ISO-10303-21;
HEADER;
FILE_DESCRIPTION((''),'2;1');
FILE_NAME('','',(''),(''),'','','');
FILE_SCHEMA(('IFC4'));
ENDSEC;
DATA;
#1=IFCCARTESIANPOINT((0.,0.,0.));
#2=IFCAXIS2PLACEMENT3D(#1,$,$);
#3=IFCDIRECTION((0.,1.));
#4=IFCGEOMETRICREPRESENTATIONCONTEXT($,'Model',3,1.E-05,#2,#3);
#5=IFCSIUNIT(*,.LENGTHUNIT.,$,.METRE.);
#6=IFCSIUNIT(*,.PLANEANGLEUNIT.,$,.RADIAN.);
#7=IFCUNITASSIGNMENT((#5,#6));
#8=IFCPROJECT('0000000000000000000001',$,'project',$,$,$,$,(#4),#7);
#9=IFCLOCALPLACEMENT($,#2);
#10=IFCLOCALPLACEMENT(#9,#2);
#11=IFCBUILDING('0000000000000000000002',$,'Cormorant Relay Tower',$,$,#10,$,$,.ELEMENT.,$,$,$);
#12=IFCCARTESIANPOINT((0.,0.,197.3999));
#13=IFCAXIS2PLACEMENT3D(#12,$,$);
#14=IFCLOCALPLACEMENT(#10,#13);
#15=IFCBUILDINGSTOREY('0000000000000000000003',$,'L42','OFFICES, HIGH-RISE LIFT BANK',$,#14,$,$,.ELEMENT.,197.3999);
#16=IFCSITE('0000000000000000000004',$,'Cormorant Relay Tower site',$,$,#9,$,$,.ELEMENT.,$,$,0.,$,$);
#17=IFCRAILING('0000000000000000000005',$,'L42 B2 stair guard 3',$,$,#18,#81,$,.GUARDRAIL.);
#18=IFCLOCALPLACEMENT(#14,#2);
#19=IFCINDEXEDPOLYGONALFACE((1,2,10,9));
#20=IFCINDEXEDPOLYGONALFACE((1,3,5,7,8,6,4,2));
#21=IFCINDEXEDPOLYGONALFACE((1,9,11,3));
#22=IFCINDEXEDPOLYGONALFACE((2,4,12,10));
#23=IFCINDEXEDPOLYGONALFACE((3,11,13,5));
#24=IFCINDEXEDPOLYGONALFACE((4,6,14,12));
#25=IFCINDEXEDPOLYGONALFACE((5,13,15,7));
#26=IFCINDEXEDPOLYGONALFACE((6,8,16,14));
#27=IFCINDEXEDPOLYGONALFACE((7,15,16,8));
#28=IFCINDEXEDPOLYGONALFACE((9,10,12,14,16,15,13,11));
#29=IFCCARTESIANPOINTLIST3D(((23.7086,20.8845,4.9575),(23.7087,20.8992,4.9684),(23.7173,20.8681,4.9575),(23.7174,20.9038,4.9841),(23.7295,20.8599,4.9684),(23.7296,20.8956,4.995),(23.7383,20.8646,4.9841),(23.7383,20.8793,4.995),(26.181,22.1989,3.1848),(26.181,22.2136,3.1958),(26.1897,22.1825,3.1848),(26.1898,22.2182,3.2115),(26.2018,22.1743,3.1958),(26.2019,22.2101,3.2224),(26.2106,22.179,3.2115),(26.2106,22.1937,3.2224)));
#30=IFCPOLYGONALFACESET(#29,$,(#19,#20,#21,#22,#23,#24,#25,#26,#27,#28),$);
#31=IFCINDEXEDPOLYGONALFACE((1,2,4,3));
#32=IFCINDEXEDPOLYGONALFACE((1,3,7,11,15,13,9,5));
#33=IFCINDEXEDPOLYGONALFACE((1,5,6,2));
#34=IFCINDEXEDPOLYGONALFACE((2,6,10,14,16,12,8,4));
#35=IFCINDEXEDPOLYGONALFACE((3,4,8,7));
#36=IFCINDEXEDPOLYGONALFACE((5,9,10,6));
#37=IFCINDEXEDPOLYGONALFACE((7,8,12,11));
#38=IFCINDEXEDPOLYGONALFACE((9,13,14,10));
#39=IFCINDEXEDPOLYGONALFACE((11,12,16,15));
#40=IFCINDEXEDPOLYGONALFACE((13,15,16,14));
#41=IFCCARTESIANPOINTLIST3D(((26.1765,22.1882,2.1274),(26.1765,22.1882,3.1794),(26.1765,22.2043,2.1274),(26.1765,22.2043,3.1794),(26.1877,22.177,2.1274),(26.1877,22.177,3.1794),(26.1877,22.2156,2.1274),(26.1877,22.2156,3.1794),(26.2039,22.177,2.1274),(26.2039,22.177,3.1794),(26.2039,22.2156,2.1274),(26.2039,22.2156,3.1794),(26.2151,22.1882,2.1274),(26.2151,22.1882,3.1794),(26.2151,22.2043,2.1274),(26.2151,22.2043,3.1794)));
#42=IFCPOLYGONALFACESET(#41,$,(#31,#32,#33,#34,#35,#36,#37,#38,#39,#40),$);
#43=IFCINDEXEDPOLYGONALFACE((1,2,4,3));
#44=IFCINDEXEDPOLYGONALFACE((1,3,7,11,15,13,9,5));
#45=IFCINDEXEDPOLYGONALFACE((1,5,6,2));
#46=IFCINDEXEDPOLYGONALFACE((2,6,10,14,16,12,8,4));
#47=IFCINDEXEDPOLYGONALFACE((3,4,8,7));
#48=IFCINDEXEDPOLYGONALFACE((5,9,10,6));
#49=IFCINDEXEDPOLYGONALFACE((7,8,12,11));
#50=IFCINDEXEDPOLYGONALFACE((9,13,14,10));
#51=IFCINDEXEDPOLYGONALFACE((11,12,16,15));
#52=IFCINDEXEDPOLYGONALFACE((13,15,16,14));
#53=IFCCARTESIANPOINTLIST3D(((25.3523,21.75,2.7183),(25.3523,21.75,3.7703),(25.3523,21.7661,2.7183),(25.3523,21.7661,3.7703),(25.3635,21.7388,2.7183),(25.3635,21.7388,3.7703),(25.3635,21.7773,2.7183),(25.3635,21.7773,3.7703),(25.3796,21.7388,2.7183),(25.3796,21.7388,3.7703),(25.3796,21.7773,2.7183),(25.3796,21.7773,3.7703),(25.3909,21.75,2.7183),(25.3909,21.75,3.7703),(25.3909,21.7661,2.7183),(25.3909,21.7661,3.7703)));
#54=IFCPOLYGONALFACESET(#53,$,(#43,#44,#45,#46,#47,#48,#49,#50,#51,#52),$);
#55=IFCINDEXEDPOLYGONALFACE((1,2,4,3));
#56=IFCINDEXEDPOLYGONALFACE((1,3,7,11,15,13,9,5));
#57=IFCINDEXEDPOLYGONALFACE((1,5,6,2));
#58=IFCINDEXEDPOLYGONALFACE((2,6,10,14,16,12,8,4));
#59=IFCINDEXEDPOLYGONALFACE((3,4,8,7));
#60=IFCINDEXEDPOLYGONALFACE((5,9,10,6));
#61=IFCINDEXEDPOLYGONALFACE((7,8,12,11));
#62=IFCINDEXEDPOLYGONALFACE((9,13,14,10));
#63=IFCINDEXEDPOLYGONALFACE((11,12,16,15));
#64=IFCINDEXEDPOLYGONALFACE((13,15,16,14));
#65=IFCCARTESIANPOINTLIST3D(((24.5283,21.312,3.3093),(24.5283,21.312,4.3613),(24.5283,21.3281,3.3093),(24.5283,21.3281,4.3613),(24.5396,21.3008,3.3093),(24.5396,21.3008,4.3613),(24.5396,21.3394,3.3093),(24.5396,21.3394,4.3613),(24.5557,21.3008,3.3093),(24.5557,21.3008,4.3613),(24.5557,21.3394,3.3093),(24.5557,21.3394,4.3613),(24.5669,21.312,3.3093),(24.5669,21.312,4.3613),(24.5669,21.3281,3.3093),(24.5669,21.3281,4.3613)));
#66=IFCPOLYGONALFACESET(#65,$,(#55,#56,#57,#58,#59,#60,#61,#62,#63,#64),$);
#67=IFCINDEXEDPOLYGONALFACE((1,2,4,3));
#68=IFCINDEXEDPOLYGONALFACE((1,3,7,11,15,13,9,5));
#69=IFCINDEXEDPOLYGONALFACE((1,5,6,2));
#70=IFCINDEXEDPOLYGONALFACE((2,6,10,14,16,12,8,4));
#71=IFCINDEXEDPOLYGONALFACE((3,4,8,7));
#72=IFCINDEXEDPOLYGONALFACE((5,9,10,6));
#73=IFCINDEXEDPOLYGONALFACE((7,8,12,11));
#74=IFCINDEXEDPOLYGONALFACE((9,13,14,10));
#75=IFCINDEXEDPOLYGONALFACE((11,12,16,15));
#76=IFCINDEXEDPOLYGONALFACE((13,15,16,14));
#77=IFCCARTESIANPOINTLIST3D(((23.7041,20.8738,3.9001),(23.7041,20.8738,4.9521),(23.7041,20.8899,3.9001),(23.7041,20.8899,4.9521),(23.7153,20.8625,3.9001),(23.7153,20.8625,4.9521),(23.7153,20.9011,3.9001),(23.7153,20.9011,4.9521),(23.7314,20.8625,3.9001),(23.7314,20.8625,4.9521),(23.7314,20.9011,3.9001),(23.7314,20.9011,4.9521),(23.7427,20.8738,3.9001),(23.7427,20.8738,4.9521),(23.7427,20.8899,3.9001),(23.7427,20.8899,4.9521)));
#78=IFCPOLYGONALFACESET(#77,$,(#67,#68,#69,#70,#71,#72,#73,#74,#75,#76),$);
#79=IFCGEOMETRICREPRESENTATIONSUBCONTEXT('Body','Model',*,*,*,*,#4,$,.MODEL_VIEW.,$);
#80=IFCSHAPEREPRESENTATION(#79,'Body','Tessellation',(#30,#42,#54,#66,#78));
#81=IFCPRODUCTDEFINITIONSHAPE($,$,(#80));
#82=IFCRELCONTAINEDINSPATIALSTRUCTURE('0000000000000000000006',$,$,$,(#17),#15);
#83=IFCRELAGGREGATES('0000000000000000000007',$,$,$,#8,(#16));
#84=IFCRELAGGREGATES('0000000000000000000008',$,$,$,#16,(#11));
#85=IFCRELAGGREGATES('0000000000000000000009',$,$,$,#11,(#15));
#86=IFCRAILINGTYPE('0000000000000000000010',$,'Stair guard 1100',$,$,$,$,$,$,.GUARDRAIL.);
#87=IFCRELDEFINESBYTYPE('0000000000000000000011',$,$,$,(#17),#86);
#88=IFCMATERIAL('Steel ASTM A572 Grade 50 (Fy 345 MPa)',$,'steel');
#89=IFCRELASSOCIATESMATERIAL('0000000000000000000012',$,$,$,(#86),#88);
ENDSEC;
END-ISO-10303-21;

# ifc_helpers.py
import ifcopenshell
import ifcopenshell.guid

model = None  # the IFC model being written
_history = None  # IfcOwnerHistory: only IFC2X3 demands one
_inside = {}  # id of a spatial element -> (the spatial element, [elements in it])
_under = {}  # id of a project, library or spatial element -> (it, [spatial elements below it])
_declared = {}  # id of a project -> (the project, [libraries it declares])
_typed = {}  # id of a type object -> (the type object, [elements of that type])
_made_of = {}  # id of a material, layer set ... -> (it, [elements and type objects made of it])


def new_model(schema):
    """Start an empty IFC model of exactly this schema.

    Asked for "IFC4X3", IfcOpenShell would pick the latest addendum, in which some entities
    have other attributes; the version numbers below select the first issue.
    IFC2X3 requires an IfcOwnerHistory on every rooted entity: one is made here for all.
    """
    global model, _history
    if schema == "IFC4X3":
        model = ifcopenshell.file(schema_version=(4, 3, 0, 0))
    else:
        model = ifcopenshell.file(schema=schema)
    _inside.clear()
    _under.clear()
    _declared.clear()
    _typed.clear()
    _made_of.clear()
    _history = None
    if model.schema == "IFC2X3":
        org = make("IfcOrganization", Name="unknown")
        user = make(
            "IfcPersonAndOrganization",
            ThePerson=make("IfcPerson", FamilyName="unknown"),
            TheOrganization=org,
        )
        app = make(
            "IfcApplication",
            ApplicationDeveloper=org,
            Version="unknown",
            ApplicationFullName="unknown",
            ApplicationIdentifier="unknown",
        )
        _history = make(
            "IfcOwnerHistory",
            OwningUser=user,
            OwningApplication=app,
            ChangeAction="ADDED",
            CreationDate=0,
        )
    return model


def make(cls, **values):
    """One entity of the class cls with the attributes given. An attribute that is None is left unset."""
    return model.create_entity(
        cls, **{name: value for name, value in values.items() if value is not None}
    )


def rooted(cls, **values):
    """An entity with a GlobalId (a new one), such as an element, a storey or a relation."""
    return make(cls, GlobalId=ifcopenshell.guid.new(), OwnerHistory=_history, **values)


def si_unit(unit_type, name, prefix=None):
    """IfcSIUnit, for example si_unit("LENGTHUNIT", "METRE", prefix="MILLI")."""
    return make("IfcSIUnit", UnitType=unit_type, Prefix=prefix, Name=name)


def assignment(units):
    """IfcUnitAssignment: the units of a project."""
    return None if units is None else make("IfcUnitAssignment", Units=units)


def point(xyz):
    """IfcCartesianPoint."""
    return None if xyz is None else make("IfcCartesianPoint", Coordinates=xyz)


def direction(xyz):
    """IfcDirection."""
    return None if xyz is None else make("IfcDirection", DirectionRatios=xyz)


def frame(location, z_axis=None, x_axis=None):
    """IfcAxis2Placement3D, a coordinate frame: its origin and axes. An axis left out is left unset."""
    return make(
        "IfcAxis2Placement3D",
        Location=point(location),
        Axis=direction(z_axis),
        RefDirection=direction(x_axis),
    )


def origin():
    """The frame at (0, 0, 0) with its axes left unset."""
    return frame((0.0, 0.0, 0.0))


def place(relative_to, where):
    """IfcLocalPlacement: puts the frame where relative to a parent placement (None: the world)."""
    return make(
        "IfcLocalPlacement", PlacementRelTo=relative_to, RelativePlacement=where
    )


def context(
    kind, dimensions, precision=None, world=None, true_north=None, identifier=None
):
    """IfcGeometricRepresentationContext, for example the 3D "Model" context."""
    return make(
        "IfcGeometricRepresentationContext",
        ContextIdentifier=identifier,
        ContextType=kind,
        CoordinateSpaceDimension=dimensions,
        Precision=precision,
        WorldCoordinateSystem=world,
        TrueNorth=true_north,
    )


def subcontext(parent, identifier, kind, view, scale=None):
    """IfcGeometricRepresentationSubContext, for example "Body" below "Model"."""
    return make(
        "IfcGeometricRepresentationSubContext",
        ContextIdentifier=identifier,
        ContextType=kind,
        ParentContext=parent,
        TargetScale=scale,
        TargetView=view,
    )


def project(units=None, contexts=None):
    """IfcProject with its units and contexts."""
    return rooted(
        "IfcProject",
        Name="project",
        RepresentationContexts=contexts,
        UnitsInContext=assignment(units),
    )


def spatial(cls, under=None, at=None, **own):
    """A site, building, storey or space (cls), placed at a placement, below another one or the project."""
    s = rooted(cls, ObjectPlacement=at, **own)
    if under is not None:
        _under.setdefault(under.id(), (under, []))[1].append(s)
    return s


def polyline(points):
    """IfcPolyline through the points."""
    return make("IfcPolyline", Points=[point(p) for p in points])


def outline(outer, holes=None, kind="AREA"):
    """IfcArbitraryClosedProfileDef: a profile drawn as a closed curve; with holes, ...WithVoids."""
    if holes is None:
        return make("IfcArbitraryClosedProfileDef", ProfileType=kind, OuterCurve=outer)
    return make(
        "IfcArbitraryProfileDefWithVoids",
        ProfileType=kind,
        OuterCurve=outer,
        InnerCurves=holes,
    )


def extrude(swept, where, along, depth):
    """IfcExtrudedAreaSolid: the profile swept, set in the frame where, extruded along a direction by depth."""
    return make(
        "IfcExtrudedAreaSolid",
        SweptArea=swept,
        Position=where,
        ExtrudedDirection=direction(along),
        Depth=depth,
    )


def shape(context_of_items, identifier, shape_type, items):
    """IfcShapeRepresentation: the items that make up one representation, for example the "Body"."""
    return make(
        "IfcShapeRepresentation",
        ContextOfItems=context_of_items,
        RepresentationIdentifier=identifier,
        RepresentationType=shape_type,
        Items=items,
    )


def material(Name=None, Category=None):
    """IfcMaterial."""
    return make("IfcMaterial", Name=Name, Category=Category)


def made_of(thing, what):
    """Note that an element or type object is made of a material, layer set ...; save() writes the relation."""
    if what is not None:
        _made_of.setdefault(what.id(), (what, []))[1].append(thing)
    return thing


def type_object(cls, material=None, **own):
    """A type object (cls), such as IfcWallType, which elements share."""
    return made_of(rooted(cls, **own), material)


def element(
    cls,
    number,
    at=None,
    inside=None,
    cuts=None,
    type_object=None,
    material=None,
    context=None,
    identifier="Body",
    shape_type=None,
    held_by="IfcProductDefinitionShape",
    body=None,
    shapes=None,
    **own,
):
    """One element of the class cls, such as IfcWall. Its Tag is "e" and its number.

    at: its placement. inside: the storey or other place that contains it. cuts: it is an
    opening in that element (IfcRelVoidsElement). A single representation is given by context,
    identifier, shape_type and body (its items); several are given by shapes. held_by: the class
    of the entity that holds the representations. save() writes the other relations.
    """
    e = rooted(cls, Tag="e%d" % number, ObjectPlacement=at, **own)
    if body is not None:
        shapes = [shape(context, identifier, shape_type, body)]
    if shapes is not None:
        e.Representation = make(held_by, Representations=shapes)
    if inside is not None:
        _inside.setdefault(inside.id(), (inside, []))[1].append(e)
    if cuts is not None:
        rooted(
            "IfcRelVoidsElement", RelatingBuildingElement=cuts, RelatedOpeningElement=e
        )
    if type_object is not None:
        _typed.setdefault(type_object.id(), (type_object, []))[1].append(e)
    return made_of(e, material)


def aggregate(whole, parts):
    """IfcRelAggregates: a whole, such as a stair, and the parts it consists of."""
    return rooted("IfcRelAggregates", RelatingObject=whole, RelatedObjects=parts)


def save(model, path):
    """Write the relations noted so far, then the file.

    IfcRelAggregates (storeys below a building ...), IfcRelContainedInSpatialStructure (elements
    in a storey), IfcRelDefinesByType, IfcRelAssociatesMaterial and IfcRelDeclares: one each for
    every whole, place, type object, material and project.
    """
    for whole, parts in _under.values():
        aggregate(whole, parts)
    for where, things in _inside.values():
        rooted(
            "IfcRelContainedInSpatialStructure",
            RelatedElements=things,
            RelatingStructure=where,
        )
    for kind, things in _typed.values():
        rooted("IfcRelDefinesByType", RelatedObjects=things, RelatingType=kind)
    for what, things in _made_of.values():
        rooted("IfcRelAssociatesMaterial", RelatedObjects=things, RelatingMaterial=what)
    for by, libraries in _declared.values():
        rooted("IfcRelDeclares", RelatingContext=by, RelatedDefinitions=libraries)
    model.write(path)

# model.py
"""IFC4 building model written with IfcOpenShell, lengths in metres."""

from ifc_helpers import new_model, si_unit, direction, frame, origin, place, context, subcontext, project, spatial, polyline, outline, extrude, material, type_object, element, save


model = new_model("IFC4")

# Units and contexts
model_context = context("Model", 3, precision=1e-05, world=origin(), true_north=direction((0.0, 1.0)))
body_context = subcontext(model_context, "Body", "Model", "MODEL_VIEW")
ifc_project = project(units=[si_unit("LENGTHUNIT", "METRE"), si_unit("PLANEANGLEUNIT", "RADIAN")], contexts=[model_context])

# Site, building, storey
site_placement = place(None, origin())
site = spatial("IfcSite", under=ifc_project, at=site_placement, Name="Cormorant Relay Tower site", CompositionType="ELEMENT", RefElevation=0.0)
building_placement = place(site_placement, origin())
building = spatial("IfcBuilding", under=site, at=building_placement, Name="Cormorant Relay Tower", CompositionType="ELEMENT")
storey_placement = place(building_placement, frame((0.0, 0.0, 197.3999)))
storey = spatial("IfcBuildingStorey", under=building, at=storey_placement, Name="L42", Description="OFFICES, HIGH-RISE LIFT BANK", CompositionType="ELEMENT", Elevation=197.3999)

# Railing
ifc_material_1 = material(Name="Steel ASTM A572 Grade 50 (Fy 345 MPa)", Category="steel")
railing_type = type_object("IfcRailingType", Name="Stair guard 1100", PredefinedType="GUARDRAIL", material=ifc_material_1)
railing_1_placement = place(storey_placement, frame((26.1958, 22.1963, 2.1274)))
element("IfcRailing", 1, at=railing_1_placement, inside=storey, type_object=railing_type, Name="L42 B2 stair guard 3", PredefinedType="GUARDRAIL", context=body_context, shape_type="SweptSolid", body=[
    extrude(outline(polyline([(0.0222, 0.0093), (0.0093, 0.0222), (-0.0093, 0.0222), (-0.0222, 0.0093), (-0.0222, -0.0093), (-0.0093, -0.0222), (0.0093, -0.0222), (0.0222, -0.0093), (0.0222, 0.0093)])), frame((0.0, 0.0, 1.0762), z_axis=(-0.746034, -0.396627, 0.534902), x_axis=(0.469429, -0.88297, 0.0)), (0.0, 0.0, 1.0), 3.314),
    extrude(outline(polyline([(0.0193, 0.0081), (0.0081, 0.0193), (-0.0081, 0.0193), (-0.0193, 0.0081), (-0.0193, -0.0081), (-0.0081, -0.0193), (0.0081, -0.0193), (0.0193, -0.0081), (0.0193, 0.0081)])), origin(), (0.0, 0.0, 1.0), 1.052),
    extrude(outline(polyline([(0.0193, 0.0081), (0.0081, 0.0193), (-0.0081, 0.0193), (-0.0193, 0.0081), (-0.0193, -0.0081), (-0.0081, -0.0193), (0.0081, -0.0193), (0.0193, -0.0081), (0.0193, 0.0081)])), frame((-0.8242, -0.4382, 0.5908)), (0.0, 0.0, 1.0), 1.052),
    extrude(outline(polyline([(0.0193, 0.0081), (0.0081, 0.0193), (-0.0081, 0.0193), (-0.0193, 0.0081), (-0.0193, -0.0081), (-0.0081, -0.0193), (0.0081, -0.0193), (0.0193, -0.0081), (0.0193, 0.0081)])), frame((-1.6482, -0.8762, 1.1819)), (0.0, 0.0, 1.0), 1.052),
    extrude(outline(polyline([(0.0193, 0.0081), (0.0081, 0.0193), (-0.0081, 0.0193), (-0.0193, 0.0081), (-0.0193, -0.0081), (-0.0081, -0.0193), (0.0081, -0.0193), (0.0193, -0.0081), (0.0193, 0.0081)])), frame((-2.4724, -1.3145, 1.7727)), (0.0, 0.0, 1.0), 1.052),
])

save(model, "model.ifc")
